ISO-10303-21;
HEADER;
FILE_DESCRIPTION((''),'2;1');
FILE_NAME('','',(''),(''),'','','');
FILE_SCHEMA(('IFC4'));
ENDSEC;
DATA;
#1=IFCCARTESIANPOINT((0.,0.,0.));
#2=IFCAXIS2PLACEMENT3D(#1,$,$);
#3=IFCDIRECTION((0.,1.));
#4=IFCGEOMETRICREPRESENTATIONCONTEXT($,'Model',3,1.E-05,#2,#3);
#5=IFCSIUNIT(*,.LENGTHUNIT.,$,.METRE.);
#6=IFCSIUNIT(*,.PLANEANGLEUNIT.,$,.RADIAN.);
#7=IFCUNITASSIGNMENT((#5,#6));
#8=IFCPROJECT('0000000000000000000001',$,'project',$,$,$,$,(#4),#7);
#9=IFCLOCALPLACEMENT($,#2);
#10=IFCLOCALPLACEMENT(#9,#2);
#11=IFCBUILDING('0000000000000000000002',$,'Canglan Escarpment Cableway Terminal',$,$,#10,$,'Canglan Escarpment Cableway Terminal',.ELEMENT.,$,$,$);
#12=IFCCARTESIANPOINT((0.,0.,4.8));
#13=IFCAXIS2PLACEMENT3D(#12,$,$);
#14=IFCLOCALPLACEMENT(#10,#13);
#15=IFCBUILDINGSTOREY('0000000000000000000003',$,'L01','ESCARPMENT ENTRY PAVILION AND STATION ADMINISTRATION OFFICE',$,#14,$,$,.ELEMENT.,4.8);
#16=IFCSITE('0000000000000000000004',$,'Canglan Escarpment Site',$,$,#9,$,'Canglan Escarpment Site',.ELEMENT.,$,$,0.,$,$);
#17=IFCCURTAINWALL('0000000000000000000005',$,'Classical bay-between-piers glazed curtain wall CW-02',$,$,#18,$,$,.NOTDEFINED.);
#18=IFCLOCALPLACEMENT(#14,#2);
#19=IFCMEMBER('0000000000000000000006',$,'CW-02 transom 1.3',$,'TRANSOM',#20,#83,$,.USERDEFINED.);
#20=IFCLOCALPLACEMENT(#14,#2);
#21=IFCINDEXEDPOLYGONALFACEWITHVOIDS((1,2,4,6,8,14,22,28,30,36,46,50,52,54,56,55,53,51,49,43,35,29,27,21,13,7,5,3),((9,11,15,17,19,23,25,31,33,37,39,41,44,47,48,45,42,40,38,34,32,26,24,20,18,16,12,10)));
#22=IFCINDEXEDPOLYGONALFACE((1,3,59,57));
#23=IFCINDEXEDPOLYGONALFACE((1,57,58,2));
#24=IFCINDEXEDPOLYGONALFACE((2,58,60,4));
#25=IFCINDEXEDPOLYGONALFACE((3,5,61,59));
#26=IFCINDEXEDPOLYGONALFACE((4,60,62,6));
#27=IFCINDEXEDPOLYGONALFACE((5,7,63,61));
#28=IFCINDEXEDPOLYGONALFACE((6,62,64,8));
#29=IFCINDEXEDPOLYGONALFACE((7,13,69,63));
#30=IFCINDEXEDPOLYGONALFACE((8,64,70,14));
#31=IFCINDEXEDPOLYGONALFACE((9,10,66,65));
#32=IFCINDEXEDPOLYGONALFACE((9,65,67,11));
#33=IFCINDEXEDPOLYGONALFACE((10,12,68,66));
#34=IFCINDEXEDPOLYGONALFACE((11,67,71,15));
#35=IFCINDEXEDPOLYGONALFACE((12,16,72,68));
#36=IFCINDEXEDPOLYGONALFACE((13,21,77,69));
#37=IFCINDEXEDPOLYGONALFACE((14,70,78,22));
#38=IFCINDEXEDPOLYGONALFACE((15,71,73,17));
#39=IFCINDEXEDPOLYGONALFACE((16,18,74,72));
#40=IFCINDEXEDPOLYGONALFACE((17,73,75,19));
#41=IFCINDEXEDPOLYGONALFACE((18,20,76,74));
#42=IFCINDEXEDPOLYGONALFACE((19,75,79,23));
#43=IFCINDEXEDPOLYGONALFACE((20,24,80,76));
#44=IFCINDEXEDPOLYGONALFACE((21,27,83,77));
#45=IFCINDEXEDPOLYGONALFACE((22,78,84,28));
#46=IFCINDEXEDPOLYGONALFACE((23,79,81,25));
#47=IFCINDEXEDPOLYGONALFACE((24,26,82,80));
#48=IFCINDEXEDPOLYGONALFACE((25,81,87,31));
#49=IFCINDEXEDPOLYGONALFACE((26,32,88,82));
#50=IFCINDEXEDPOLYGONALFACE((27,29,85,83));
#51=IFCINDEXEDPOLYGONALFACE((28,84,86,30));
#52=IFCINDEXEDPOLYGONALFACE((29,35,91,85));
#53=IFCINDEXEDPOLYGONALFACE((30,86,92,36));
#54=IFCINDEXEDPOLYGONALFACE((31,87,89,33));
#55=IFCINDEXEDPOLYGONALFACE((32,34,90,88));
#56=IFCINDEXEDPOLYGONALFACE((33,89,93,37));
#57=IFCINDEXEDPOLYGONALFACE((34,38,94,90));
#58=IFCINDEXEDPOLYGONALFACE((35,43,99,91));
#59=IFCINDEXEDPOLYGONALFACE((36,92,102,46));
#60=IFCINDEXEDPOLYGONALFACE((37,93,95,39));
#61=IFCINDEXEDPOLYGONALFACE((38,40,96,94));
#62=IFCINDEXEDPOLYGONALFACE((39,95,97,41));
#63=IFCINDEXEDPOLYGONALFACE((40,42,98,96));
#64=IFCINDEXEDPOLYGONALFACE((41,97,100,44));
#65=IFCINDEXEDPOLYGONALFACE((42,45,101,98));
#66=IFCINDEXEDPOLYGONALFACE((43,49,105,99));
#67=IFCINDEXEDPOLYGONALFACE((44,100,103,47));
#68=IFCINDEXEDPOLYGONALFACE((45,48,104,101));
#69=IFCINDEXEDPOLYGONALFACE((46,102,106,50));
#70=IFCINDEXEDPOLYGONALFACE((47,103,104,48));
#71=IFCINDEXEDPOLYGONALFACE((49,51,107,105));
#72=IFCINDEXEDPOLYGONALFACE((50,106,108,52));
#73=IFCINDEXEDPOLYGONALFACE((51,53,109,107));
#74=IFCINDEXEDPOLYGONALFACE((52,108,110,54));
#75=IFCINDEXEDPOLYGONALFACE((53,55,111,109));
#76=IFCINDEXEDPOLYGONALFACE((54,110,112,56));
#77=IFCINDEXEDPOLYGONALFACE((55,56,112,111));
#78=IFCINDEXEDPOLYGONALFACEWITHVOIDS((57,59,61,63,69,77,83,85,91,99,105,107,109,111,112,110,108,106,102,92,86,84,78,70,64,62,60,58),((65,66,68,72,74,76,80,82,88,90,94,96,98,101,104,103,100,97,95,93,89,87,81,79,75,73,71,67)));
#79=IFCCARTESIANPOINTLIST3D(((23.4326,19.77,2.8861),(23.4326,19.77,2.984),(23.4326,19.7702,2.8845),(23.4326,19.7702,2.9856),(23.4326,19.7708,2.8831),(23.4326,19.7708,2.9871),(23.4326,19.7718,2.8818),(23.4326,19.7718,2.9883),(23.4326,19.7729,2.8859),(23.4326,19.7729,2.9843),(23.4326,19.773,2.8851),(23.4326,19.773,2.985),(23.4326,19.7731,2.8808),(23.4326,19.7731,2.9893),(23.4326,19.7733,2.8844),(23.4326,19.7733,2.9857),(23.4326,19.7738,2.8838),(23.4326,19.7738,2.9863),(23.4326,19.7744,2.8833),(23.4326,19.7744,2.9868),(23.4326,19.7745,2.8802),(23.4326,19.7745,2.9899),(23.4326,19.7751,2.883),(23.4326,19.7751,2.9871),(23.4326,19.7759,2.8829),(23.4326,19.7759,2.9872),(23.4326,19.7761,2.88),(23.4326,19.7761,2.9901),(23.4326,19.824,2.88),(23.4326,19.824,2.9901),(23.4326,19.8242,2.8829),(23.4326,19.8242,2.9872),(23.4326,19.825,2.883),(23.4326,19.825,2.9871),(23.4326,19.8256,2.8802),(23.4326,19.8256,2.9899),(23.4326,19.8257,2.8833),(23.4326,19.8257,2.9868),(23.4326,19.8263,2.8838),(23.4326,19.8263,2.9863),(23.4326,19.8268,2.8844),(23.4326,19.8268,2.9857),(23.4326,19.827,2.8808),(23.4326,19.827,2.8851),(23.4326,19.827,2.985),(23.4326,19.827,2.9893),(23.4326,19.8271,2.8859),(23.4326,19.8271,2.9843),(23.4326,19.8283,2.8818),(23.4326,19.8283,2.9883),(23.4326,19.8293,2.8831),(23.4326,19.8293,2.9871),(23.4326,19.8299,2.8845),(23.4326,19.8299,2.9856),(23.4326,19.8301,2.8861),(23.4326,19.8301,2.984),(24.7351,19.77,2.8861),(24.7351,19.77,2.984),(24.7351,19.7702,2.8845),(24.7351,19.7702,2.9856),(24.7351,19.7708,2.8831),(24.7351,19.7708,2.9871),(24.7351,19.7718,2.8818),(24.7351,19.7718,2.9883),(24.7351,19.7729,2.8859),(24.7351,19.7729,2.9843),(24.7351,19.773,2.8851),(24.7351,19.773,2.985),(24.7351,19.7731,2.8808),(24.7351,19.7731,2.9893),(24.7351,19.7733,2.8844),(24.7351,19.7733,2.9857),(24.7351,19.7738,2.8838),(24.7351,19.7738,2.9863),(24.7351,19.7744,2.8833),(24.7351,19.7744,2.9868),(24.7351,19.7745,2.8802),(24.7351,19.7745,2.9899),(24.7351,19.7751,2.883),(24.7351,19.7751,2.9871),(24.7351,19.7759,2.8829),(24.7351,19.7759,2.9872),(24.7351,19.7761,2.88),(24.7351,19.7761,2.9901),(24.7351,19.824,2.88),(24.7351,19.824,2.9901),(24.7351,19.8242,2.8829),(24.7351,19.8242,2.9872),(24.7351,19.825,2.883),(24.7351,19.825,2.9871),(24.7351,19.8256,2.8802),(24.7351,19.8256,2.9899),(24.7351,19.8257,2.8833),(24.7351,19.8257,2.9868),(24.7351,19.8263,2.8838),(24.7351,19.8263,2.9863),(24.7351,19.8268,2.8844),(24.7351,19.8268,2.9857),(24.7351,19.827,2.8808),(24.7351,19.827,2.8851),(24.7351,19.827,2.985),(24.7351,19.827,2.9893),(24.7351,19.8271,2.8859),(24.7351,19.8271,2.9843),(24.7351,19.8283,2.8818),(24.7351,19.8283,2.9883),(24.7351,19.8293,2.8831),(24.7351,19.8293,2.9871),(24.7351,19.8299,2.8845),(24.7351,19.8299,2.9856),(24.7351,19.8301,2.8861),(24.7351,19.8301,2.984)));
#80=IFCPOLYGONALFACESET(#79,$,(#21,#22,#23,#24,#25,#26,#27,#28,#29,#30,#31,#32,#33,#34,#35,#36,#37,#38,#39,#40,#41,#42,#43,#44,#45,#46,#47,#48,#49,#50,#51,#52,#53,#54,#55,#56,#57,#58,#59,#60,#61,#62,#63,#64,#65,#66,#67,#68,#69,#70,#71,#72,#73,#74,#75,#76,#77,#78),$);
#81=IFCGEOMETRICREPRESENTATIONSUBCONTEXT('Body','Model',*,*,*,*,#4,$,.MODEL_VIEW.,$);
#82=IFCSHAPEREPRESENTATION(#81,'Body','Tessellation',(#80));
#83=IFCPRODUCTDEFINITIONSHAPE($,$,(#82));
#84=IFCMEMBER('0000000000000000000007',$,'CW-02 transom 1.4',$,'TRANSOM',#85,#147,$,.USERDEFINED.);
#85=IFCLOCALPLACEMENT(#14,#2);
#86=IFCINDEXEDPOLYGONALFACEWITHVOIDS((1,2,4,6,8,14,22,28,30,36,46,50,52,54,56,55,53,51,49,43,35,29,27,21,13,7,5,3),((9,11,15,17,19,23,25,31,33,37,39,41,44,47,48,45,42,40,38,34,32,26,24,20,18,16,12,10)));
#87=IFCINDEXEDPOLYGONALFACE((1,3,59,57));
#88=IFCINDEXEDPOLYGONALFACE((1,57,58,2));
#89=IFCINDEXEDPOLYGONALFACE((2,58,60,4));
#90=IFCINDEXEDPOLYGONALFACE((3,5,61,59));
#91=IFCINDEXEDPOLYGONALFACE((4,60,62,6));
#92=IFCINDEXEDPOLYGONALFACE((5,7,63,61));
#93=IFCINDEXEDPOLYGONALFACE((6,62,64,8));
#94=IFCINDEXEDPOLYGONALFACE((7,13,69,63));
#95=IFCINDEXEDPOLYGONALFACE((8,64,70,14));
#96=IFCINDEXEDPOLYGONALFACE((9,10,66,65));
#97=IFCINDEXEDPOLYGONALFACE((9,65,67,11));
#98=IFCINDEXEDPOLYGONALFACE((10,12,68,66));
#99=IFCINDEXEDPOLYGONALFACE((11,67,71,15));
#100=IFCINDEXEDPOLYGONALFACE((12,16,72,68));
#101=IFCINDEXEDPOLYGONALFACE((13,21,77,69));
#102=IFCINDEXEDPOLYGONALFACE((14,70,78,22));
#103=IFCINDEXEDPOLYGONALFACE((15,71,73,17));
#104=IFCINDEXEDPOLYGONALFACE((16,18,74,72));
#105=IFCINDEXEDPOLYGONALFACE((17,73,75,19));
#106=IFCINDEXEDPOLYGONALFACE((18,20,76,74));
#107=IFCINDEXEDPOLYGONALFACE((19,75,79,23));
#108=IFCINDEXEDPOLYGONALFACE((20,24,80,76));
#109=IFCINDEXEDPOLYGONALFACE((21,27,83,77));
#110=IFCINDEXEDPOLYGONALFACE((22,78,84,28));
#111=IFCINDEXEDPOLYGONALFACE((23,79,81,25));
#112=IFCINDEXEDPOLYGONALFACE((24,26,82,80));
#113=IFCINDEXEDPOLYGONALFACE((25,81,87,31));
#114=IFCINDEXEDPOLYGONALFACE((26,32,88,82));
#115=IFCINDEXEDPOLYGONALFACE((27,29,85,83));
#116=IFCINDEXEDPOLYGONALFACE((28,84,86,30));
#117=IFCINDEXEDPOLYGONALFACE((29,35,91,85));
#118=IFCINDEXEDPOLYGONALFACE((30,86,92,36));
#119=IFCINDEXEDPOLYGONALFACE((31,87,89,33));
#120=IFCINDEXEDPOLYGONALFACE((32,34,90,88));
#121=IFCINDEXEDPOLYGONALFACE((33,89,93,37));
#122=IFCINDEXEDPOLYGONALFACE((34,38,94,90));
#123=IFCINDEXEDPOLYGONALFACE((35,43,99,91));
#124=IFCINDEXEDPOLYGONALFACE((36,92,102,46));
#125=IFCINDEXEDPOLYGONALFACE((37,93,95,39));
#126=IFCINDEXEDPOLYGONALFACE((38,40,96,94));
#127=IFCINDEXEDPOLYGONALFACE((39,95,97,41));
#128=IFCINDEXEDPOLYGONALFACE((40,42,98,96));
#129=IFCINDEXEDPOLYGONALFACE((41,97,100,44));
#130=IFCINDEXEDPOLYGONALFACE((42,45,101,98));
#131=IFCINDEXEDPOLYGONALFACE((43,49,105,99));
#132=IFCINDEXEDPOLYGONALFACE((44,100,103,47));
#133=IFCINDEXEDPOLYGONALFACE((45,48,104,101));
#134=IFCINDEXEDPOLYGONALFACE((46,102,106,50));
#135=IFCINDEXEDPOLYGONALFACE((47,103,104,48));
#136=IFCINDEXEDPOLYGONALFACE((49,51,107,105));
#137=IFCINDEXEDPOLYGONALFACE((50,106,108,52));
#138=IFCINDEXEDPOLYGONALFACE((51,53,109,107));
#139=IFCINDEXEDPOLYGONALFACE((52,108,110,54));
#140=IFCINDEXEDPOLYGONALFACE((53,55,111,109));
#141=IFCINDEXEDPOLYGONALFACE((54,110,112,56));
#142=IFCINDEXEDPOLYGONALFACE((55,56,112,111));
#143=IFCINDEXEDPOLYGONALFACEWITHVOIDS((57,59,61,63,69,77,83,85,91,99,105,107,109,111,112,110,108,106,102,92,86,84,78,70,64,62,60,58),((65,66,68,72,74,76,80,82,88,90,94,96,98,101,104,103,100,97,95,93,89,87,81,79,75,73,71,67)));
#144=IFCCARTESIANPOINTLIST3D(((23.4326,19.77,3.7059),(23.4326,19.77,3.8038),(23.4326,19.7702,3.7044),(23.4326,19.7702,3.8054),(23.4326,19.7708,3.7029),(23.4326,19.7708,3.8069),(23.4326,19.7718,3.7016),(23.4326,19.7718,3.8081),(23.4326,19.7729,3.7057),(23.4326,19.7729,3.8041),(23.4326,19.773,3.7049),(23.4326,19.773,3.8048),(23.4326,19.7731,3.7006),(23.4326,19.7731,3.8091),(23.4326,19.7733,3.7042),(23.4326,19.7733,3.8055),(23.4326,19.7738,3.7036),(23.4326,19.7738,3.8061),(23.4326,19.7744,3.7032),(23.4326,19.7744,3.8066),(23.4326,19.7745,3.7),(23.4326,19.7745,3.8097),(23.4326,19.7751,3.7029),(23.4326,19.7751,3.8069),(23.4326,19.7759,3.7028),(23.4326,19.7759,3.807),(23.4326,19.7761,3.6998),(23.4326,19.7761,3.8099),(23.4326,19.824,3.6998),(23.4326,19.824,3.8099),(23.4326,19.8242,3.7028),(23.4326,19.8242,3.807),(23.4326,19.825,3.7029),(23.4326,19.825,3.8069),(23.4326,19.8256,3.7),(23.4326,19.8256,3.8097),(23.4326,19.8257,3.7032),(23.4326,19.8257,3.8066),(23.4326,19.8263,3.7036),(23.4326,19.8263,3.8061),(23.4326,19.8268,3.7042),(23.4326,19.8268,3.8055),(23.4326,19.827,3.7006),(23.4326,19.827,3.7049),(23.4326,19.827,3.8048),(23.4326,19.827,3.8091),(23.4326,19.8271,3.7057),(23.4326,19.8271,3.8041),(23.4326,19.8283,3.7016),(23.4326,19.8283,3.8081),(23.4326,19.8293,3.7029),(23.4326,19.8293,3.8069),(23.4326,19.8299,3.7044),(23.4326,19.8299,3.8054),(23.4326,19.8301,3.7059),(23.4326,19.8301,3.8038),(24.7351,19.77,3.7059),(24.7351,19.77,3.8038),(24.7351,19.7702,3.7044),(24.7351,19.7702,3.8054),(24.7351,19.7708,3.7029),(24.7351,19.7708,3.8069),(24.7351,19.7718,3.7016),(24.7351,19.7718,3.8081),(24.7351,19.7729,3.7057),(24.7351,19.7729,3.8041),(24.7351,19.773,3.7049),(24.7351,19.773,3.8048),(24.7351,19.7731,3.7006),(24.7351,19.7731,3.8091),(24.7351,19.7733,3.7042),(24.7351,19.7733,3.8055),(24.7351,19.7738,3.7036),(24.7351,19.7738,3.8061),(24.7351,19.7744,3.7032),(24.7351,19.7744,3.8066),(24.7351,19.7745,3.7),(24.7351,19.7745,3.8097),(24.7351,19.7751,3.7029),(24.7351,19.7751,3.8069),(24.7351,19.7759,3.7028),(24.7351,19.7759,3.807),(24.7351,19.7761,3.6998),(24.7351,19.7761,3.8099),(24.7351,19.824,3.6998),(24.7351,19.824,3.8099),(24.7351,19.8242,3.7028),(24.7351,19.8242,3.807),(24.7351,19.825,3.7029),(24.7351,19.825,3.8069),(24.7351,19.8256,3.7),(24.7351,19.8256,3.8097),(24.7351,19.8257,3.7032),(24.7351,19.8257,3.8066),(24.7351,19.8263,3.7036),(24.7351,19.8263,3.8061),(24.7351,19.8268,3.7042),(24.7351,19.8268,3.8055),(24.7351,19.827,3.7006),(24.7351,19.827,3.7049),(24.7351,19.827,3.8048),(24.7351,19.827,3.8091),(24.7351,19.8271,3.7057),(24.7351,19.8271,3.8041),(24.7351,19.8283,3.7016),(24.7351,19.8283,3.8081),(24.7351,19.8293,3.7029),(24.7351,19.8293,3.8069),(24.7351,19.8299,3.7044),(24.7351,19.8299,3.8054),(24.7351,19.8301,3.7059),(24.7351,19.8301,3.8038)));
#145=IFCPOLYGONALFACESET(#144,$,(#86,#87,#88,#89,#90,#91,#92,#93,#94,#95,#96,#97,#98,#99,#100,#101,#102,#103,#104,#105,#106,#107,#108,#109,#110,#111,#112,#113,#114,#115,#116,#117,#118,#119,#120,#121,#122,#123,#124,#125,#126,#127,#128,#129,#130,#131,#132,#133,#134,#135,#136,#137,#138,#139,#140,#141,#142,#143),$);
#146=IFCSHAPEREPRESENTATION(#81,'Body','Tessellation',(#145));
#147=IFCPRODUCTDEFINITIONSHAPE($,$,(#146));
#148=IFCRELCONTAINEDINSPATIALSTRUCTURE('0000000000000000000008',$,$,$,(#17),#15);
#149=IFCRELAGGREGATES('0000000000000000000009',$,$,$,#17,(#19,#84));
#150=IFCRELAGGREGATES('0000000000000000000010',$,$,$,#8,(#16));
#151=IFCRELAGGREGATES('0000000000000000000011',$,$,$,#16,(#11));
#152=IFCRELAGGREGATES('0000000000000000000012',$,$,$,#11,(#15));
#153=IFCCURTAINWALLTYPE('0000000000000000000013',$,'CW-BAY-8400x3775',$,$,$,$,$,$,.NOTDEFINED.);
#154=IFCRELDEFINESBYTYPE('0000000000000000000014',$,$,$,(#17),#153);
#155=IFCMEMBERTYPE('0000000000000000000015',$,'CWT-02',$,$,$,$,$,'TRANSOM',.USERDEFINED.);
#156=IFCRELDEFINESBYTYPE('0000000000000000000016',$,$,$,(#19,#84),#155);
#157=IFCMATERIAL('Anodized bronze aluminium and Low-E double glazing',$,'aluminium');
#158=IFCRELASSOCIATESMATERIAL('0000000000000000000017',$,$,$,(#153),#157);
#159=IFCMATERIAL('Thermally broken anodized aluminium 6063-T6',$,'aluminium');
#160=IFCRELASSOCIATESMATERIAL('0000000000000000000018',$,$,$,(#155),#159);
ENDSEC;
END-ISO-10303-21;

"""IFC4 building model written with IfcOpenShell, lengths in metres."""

from ifc_helpers import new_model, si_unit, direction, frame, origin, origin_2d, place, context, subcontext, project, spatial, hollow_rectangle, extrude, material, material_profile, profile_set, type_object, element, aggregate, save


model = new_model("IFC4")

# Units and contexts
model_context = context("Model", 3, precision=1e-05, world=origin(), true_north=direction((0.0, 1.0)))
body_context = subcontext(model_context, "Body", "Model", "MODEL_VIEW")
ifc_project = project(units=[si_unit("LENGTHUNIT", "METRE"), si_unit("PLANEANGLEUNIT", "RADIAN")], contexts=[model_context])

# Site, building, storey
site_placement = place(None, origin())
site = spatial("IfcSite", under=ifc_project, at=site_placement, Name="Canglan Escarpment Site", LongName="Canglan Escarpment Site", CompositionType="ELEMENT", RefElevation=0.0)
building_placement = place(site_placement, origin())
building = spatial("IfcBuilding", under=site, at=building_placement, Name="Canglan Escarpment Cableway Terminal", LongName="Canglan Escarpment Cableway Terminal", CompositionType="ELEMENT")
storey_placement = place(building_placement, frame((0.0, 0.0, 4.8)))
storey = spatial("IfcBuildingStorey", under=building, at=storey_placement, Name="L01", Description="ESCARPMENT ENTRY PAVILION AND STATION ADMINISTRATION OFFICE", CompositionType="ELEMENT", Elevation=4.8)

# Curtain wall, members
ifc_material_1 = material(Name="Anodized bronze aluminium and Low-E double glazing", Category="aluminium")
curtain_wall_type = type_object("IfcCurtainWallType", Name="CW-BAY-8400x3775", PredefinedType="NOTDEFINED", material=ifc_material_1)
curtain_wall_placement = place(storey_placement, origin())
curtain_wall = element("IfcCurtainWall", 1, at=curtain_wall_placement, inside=storey, type_object=curtain_wall_type, Name="Classical bay-between-piers glazed curtain wall CW-02", PredefinedType="NOTDEFINED")
ifc_material_2 = material(Name="Thermally broken anodized aluminium 6063-T6", Category="aluminium")
ifc_material_profile_1 = material_profile(ifc_material_2, hollow_rectangle(XDim=0.0601, YDim=0.1101, WallThickness=0.0029, InnerFilletRadius=0.0029, OuterFilletRadius=0.0061, at=origin_2d()), Name="ALU-TRAN 60x110x3")
ifc_profile_set_1 = profile_set([ifc_material_profile_1], Name="Thermally broken anodized aluminium 6063-T6")
member_type_1 = type_object("IfcMemberType", Name="CWT-02", ElementType="TRANSOM", PredefinedType="USERDEFINED", material=ifc_profile_set_1)
member_1_placement = place(storey_placement, frame((24.7351, 19.8, 2.9351), z_axis=(-1.0, 0.0, 0.0), x_axis=(0.0, -1.0, 0.0)))
member_1 = element("IfcMember", 2, at=member_1_placement, type_object=member_type_1, Name="CW-02 transom 1.3", ObjectType="TRANSOM", PredefinedType="USERDEFINED", context=body_context, shape_type="SweptSolid", body=[
    extrude(hollow_rectangle(XDim=0.0601, YDim=0.1101, WallThickness=0.0029, InnerFilletRadius=0.0029, OuterFilletRadius=0.0061, at=origin_2d()), origin(), (0.0, 0.0, 1.0), 1.3025),
])
member_2_placement = place(storey_placement, frame((24.7351, 19.8, 3.7549), z_axis=(-1.0, 0.0, 0.0), x_axis=(0.0, -1.0, 0.0)))
member_2 = element("IfcMember", 3, at=member_2_placement, type_object=member_type_1, Name="CW-02 transom 1.4", ObjectType="TRANSOM", PredefinedType="USERDEFINED", context=body_context, shape_type="SweptSolid", body=[
    extrude(hollow_rectangle(XDim=0.0601, YDim=0.1101, WallThickness=0.0029, InnerFilletRadius=0.0029, OuterFilletRadius=0.0061, at=origin_2d()), origin(), (0.0, 0.0, 1.0), 1.3025),
])

aggregate(curtain_wall, [member_1, member_2])

save(model, "model.ifc")
